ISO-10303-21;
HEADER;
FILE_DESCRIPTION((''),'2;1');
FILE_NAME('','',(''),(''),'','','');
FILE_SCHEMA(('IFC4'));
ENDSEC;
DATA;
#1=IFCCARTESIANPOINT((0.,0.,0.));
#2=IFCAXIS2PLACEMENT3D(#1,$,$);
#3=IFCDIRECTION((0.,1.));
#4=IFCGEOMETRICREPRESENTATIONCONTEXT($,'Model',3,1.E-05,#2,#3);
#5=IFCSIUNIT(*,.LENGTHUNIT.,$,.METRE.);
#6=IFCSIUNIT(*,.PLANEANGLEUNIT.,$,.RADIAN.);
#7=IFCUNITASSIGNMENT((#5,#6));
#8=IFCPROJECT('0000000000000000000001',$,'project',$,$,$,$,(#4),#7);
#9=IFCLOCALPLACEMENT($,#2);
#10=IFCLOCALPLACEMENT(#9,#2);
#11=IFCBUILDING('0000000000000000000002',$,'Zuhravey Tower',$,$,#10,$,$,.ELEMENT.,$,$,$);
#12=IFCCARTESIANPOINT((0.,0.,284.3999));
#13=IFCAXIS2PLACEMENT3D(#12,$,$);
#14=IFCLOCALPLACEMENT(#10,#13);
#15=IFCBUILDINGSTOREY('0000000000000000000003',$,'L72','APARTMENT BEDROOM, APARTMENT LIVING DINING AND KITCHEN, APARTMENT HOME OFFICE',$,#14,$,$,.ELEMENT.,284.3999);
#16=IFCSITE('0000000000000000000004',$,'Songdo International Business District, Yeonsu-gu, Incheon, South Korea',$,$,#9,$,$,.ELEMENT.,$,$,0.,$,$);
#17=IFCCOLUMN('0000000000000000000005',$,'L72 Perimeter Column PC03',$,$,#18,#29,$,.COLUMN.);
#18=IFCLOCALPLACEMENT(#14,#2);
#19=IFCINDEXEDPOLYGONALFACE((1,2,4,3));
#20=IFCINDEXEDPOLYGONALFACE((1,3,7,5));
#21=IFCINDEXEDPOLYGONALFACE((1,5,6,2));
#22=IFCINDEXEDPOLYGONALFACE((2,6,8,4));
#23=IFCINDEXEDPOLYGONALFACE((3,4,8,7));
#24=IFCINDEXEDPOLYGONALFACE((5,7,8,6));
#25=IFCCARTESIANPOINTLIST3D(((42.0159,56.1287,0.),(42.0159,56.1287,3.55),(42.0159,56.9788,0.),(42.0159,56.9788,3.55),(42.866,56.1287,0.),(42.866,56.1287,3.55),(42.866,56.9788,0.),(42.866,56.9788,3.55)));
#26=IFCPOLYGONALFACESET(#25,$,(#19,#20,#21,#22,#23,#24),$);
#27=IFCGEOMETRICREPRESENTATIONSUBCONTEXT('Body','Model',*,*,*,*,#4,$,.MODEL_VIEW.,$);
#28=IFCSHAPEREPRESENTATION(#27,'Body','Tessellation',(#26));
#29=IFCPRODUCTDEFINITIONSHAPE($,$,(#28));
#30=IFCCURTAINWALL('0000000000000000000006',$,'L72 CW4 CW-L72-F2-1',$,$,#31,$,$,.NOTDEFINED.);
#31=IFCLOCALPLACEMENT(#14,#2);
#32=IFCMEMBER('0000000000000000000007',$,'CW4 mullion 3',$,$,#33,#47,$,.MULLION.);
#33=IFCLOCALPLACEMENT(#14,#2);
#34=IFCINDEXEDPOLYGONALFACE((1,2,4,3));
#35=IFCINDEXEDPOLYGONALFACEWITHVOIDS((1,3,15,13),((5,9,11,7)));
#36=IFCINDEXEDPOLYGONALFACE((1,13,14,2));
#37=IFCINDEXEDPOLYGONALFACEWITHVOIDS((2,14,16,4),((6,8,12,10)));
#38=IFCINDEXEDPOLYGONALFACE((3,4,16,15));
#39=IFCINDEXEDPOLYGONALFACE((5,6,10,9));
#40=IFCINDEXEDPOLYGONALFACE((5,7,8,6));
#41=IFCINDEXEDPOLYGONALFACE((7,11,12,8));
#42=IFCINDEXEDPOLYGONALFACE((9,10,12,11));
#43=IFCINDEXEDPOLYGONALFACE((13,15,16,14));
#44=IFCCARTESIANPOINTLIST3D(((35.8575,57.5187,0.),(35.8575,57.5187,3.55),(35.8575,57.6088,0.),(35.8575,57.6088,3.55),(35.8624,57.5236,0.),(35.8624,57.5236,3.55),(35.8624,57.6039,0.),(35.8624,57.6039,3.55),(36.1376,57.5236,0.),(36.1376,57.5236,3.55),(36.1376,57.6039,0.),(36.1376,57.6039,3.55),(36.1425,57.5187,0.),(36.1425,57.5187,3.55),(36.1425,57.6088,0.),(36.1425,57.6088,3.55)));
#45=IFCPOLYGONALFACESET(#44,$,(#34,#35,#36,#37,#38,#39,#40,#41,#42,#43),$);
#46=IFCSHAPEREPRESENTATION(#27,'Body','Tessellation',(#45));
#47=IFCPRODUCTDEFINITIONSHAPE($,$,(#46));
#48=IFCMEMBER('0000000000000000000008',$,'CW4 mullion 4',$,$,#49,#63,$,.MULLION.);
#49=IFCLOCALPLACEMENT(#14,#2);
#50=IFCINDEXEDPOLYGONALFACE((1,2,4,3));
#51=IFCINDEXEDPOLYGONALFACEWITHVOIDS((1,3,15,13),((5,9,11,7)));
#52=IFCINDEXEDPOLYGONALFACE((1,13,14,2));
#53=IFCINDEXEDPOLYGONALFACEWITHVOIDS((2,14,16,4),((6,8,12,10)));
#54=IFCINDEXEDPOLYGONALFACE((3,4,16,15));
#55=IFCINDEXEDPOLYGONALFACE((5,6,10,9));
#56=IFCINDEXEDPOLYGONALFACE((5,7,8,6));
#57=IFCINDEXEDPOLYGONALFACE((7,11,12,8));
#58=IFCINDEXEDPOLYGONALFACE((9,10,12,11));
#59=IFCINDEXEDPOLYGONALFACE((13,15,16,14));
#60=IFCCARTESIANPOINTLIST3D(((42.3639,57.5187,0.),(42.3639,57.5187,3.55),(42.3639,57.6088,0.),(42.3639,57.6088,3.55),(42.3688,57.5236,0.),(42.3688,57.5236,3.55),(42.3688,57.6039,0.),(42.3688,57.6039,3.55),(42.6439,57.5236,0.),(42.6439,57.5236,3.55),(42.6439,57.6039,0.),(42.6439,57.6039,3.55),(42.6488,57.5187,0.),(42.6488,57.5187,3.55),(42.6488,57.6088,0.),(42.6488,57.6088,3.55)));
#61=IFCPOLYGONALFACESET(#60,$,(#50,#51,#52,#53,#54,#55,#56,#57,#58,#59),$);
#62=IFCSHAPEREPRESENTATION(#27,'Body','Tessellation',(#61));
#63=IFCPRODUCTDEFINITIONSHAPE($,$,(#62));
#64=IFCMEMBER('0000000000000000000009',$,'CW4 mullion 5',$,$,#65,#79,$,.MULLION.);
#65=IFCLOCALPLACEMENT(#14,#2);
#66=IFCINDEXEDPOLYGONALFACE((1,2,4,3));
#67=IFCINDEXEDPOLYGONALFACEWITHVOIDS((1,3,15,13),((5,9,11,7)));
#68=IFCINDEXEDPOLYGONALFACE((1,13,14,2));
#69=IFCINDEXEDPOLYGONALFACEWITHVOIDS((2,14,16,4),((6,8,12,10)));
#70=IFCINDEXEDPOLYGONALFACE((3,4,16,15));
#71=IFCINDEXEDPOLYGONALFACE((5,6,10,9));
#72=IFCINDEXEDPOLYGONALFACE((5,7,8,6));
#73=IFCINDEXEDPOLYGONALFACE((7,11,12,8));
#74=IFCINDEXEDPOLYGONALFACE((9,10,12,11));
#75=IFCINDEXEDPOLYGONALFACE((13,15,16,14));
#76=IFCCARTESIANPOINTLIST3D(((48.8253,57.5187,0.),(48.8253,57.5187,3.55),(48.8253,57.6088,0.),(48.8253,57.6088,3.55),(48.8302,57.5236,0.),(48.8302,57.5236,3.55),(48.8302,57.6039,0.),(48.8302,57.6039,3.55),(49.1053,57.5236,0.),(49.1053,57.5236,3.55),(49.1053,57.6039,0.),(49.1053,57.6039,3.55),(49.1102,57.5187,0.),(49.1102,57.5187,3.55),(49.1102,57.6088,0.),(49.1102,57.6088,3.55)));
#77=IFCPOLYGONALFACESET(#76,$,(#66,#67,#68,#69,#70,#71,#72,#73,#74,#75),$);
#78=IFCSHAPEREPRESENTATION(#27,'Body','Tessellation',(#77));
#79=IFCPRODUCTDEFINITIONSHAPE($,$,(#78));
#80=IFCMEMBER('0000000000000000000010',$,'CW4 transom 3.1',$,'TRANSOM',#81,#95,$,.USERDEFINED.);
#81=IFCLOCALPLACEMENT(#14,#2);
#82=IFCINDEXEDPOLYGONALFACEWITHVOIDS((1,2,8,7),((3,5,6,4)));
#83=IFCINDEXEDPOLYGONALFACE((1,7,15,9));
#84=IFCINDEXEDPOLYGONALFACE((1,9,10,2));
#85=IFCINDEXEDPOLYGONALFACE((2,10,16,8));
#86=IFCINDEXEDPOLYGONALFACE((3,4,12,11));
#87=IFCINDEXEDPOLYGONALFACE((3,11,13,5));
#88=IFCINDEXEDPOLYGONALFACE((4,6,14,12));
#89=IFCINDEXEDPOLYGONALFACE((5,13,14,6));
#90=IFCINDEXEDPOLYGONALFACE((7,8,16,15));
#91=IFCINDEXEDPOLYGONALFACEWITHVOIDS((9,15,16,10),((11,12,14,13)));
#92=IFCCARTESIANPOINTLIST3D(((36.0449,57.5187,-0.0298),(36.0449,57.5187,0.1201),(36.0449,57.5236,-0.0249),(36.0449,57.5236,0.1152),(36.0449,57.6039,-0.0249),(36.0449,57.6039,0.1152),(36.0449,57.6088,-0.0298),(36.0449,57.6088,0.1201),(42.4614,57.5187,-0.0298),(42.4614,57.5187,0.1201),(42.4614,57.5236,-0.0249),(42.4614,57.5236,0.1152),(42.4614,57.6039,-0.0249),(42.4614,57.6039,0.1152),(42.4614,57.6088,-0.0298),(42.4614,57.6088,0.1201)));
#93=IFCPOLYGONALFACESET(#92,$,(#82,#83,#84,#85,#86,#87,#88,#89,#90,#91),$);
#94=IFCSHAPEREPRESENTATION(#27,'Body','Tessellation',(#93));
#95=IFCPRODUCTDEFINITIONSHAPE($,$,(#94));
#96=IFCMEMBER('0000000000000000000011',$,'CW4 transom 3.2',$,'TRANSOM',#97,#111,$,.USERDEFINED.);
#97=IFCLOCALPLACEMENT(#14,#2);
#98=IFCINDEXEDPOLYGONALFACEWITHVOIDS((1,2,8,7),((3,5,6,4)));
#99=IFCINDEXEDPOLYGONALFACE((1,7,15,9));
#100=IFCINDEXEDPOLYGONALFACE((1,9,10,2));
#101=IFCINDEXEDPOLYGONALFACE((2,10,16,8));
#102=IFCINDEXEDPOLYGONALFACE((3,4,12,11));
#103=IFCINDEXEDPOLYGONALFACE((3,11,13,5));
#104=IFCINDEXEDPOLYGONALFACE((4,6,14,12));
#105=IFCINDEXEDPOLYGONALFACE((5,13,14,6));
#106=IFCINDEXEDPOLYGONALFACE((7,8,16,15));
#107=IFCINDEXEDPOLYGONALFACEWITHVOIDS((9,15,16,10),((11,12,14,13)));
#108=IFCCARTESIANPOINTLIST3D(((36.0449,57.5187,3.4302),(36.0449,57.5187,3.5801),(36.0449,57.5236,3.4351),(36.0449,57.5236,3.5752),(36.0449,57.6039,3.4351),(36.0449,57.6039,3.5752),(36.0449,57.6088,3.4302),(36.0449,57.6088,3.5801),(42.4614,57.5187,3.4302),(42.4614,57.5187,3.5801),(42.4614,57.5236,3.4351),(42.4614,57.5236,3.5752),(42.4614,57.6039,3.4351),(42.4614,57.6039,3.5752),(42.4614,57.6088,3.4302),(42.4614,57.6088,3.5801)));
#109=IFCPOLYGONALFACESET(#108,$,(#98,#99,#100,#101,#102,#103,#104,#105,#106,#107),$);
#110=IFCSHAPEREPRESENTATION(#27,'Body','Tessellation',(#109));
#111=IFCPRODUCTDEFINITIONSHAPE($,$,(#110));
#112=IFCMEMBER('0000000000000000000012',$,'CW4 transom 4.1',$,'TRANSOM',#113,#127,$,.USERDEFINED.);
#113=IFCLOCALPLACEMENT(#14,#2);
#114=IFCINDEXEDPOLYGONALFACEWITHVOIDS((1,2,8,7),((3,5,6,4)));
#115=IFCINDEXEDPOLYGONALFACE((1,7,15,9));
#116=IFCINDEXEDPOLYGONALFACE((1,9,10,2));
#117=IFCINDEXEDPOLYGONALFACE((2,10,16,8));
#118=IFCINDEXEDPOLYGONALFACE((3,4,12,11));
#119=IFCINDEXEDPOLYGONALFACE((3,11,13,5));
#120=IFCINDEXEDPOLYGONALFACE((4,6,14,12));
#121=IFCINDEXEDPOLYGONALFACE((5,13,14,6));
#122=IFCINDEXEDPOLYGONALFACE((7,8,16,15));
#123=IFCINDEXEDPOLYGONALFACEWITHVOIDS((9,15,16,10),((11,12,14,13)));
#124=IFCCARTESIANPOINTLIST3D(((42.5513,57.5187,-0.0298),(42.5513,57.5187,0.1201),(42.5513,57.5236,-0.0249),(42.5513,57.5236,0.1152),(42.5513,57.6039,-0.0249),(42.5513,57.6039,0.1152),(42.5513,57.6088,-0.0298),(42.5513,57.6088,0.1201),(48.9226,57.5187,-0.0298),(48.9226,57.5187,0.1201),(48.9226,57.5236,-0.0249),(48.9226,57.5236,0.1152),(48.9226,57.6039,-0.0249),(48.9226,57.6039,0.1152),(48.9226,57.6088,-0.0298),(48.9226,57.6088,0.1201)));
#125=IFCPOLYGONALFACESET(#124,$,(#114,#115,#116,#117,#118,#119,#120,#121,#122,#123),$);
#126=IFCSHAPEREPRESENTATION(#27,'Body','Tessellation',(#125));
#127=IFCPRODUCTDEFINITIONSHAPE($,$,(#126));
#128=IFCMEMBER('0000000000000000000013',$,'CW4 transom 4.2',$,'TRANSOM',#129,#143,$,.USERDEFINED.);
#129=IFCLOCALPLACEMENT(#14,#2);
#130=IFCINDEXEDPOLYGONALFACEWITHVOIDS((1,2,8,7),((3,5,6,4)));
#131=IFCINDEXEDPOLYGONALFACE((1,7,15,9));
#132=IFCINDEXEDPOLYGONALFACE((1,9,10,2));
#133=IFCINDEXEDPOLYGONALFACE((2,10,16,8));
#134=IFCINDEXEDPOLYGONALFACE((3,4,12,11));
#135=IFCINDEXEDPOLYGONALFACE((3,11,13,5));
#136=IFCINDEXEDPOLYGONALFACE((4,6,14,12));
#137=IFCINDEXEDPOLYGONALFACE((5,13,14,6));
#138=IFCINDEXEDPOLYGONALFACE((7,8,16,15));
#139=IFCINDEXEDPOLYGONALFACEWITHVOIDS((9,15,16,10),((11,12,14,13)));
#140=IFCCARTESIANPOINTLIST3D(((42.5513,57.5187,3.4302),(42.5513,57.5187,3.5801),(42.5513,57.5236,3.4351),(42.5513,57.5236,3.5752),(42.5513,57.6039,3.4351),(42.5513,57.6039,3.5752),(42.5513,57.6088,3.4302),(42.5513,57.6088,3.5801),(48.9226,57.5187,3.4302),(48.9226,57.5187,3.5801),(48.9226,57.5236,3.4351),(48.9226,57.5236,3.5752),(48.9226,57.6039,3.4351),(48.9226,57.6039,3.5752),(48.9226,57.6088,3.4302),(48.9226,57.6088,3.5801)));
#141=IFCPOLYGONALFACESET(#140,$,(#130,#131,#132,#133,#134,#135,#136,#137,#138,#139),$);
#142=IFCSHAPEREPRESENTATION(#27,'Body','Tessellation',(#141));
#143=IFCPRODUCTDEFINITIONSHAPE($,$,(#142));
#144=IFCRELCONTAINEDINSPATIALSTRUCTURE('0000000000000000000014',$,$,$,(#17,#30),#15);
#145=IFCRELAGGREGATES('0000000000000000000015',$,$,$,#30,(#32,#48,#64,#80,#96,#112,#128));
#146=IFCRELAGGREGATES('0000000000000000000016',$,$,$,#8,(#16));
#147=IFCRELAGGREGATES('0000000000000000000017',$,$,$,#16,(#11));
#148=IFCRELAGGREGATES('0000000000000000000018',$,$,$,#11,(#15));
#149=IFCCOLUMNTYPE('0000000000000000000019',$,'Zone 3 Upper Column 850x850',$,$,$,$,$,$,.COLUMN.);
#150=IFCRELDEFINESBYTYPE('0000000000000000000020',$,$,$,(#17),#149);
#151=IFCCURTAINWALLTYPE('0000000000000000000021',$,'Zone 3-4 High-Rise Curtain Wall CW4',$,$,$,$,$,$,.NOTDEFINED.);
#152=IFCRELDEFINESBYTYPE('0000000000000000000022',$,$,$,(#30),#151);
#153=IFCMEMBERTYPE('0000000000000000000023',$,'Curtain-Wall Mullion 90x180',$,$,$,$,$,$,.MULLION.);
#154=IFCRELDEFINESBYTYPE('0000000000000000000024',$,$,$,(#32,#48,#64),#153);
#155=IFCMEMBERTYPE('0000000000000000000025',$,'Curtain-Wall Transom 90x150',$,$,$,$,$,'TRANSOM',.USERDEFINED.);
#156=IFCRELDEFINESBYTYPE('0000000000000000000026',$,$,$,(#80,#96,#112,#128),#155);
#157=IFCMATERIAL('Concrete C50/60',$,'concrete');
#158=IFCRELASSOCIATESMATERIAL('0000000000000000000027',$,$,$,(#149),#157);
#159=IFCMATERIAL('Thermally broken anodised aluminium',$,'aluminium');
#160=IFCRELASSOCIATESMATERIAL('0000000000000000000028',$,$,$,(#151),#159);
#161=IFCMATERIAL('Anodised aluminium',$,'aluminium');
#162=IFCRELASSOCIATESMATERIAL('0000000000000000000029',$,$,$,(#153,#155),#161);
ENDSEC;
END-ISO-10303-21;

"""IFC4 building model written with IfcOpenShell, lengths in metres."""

from ifc_helpers import new_model, si_unit, direction, frame, origin, origin_2d, place, context, subcontext, project, spatial, rectangle, hollow_rectangle, extrude, material, material_profile, profile_set, type_object, element, aggregate, save


model = new_model("IFC4")

# Units and contexts
model_context = context("Model", 3, precision=1e-05, world=origin(), true_north=direction((0.0, 1.0)))
body_context = subcontext(model_context, "Body", "Model", "MODEL_VIEW")
ifc_project = project(units=[si_unit("LENGTHUNIT", "METRE"), si_unit("PLANEANGLEUNIT", "RADIAN")], contexts=[model_context])

# Site, building, storey
site_placement = place(None, origin())
site = spatial("IfcSite", under=ifc_project, at=site_placement, Name="Songdo International Business District, Yeonsu-gu, Incheon, South Korea", CompositionType="ELEMENT", RefElevation=0.0)
building_placement = place(site_placement, origin())
building = spatial("IfcBuilding", under=site, at=building_placement, Name="Zuhravey Tower", CompositionType="ELEMENT")
storey_placement = place(building_placement, frame((0.0, 0.0, 284.3999)))
storey = spatial("IfcBuildingStorey", under=building, at=storey_placement, Name="L72", Description="APARTMENT BEDROOM, APARTMENT LIVING DINING AND KITCHEN, APARTMENT HOME OFFICE", CompositionType="ELEMENT", Elevation=284.3999)

# Column
ifc_material_1 = material(Name="Concrete C50/60", Category="concrete")
ifc_material_profile_1 = material_profile(ifc_material_1, rectangle(XDim=0.8501, YDim=0.8501, at=origin_2d()), Name="RC-850x850")
ifc_profile_set_1 = profile_set([ifc_material_profile_1], Name="Concrete C50/60")
column_type = type_object("IfcColumnType", Name="Zone 3 Upper Column 850x850", PredefinedType="COLUMN", material=ifc_profile_set_1)
column_placement = place(storey_placement, frame((42.4409, 56.5537, 0.0), z_axis=(0.0, 0.0, 1.0), x_axis=(-1.0, 0.0, 0.0)))
element("IfcColumn", 1, at=column_placement, inside=storey, type_object=column_type, Name="L72 Perimeter Column PC03", PredefinedType="COLUMN", context=body_context, shape_type="SweptSolid", body=[
    extrude(rectangle(XDim=0.8501, YDim=0.8501, at=origin_2d()), origin(), (0.0, 0.0, 1.0), 3.55),
])

# Curtain wall, members
ifc_material_2 = material(Name="Thermally broken anodised aluminium", Category="aluminium")
curtain_wall_type = type_object("IfcCurtainWallType", Name="Zone 3-4 High-Rise Curtain Wall CW4", PredefinedType="NOTDEFINED", material=ifc_material_2)
curtain_wall_placement = place(storey_placement, origin())
curtain_wall = element("IfcCurtainWall", 2, at=curtain_wall_placement, inside=storey, type_object=curtain_wall_type, Name="L72 CW4 CW-L72-F2-1", PredefinedType="NOTDEFINED")
ifc_material_3 = material(Name="Anodised aluminium", Category="aluminium")
ifc_material_profile_2 = material_profile(ifc_material_3, hollow_rectangle(XDim=0.0901, YDim=0.2849, WallThickness=0.0049, at=origin_2d()), Name="ALU-RHS-90x285x5")
ifc_profile_set_2 = profile_set([ifc_material_profile_2], Name="Anodised aluminium")
member_type_1 = type_object("IfcMemberType", Name="Curtain-Wall Mullion 90x180", PredefinedType="MULLION", material=ifc_profile_set_2)
member_1_placement = place(storey_placement, frame((36.0, 57.5637, 0.0), z_axis=(0.0, 0.0, 1.0), x_axis=(0.0, 1.0, 0.0)))
member_1 = element("IfcMember", 3, at=member_1_placement, type_object=member_type_1, Name="CW4 mullion 3", PredefinedType="MULLION", context=body_context, shape_type="SweptSolid", body=[
    extrude(hollow_rectangle(XDim=0.0901, YDim=0.2849, WallThickness=0.0049, at=origin_2d()), origin(), (0.0, 0.0, 1.0), 3.55),
])
member_2_placement = place(storey_placement, frame((42.5063, 57.5637, 0.0), z_axis=(0.0, 0.0, 1.0), x_axis=(0.0, 1.0, 0.0)))
member_2 = element("IfcMember", 4, at=member_2_placement, type_object=member_type_1, Name="CW4 mullion 4", PredefinedType="MULLION", context=body_context, shape_type="SweptSolid", body=[
    extrude(hollow_rectangle(XDim=0.0901, YDim=0.2849, WallThickness=0.0049, at=origin_2d()), origin(), (0.0, 0.0, 1.0), 3.55),
])
member_3_placement = place(storey_placement, frame((48.9678, 57.5637, 0.0), z_axis=(0.0, 0.0, 1.0), x_axis=(0.0, 1.0, 0.0)))
member_3 = element("IfcMember", 5, at=member_3_placement, type_object=member_type_1, Name="CW4 mullion 5", PredefinedType="MULLION", context=body_context, shape_type="SweptSolid", body=[
    extrude(hollow_rectangle(XDim=0.0901, YDim=0.2849, WallThickness=0.0049, at=origin_2d()), origin(), (0.0, 0.0, 1.0), 3.55),
])
ifc_material_profile_3 = material_profile(ifc_material_3, hollow_rectangle(XDim=0.0901, YDim=0.1499, WallThickness=0.0049, at=origin_2d()), Name="ALU-RHS-90x150x5")
ifc_profile_set_3 = profile_set([ifc_material_profile_3], Name="Anodised aluminium")
member_type_2 = type_object("IfcMemberType", Name="Curtain-Wall Transom 90x150", ElementType="TRANSOM", PredefinedType="USERDEFINED", material=ifc_profile_set_3)
member_4_placement = place(storey_placement, frame((36.0449, 57.5637, 0.0452), z_axis=(1.0, 0.0, 0.0), x_axis=(0.0, 1.0, 0.0)))
member_4 = element("IfcMember", 6, at=member_4_placement, type_object=member_type_2, Name="CW4 transom 3.1", ObjectType="TRANSOM", PredefinedType="USERDEFINED", context=body_context, shape_type="SweptSolid", body=[
    extrude(hollow_rectangle(XDim=0.0901, YDim=0.1499, WallThickness=0.0049, at=origin_2d()), origin(), (0.0, 0.0, 1.0), 6.4165),
])
member_5_placement = place(storey_placement, frame((36.0449, 57.5637, 3.5051), z_axis=(1.0, 0.0, 0.0), x_axis=(0.0, 1.0, 0.0)))
member_5 = element("IfcMember", 7, at=member_5_placement, type_object=member_type_2, Name="CW4 transom 3.2", ObjectType="TRANSOM", PredefinedType="USERDEFINED", context=body_context, shape_type="SweptSolid", body=[
    extrude(hollow_rectangle(XDim=0.0901, YDim=0.1499, WallThickness=0.0049, at=origin_2d()), origin(), (0.0, 0.0, 1.0), 6.4165),
])
member_6_placement = place(storey_placement, frame((42.5513, 57.5637, 0.0452), z_axis=(1.0, 0.0, 0.0), x_axis=(0.0, 1.0, 0.0)))
member_6 = element("IfcMember", 8, at=member_6_placement, type_object=member_type_2, Name="CW4 transom 4.1", ObjectType="TRANSOM", PredefinedType="USERDEFINED", context=body_context, shape_type="SweptSolid", body=[
    extrude(hollow_rectangle(XDim=0.0901, YDim=0.1499, WallThickness=0.0049, at=origin_2d()), origin(), (0.0, 0.0, 1.0), 6.3713),
])
member_7_placement = place(storey_placement, frame((42.5513, 57.5637, 3.5051), z_axis=(1.0, 0.0, 0.0), x_axis=(0.0, 1.0, 0.0)))
member_7 = element("IfcMember", 9, at=member_7_placement, type_object=member_type_2, Name="CW4 transom 4.2", ObjectType="TRANSOM", PredefinedType="USERDEFINED", context=body_context, shape_type="SweptSolid", body=[
    extrude(hollow_rectangle(XDim=0.0901, YDim=0.1499, WallThickness=0.0049, at=origin_2d()), origin(), (0.0, 0.0, 1.0), 6.3713),
])

aggregate(curtain_wall, [member_1, member_2, member_3, member_4, member_5, member_6, member_7])

save(model, "model.ifc")
